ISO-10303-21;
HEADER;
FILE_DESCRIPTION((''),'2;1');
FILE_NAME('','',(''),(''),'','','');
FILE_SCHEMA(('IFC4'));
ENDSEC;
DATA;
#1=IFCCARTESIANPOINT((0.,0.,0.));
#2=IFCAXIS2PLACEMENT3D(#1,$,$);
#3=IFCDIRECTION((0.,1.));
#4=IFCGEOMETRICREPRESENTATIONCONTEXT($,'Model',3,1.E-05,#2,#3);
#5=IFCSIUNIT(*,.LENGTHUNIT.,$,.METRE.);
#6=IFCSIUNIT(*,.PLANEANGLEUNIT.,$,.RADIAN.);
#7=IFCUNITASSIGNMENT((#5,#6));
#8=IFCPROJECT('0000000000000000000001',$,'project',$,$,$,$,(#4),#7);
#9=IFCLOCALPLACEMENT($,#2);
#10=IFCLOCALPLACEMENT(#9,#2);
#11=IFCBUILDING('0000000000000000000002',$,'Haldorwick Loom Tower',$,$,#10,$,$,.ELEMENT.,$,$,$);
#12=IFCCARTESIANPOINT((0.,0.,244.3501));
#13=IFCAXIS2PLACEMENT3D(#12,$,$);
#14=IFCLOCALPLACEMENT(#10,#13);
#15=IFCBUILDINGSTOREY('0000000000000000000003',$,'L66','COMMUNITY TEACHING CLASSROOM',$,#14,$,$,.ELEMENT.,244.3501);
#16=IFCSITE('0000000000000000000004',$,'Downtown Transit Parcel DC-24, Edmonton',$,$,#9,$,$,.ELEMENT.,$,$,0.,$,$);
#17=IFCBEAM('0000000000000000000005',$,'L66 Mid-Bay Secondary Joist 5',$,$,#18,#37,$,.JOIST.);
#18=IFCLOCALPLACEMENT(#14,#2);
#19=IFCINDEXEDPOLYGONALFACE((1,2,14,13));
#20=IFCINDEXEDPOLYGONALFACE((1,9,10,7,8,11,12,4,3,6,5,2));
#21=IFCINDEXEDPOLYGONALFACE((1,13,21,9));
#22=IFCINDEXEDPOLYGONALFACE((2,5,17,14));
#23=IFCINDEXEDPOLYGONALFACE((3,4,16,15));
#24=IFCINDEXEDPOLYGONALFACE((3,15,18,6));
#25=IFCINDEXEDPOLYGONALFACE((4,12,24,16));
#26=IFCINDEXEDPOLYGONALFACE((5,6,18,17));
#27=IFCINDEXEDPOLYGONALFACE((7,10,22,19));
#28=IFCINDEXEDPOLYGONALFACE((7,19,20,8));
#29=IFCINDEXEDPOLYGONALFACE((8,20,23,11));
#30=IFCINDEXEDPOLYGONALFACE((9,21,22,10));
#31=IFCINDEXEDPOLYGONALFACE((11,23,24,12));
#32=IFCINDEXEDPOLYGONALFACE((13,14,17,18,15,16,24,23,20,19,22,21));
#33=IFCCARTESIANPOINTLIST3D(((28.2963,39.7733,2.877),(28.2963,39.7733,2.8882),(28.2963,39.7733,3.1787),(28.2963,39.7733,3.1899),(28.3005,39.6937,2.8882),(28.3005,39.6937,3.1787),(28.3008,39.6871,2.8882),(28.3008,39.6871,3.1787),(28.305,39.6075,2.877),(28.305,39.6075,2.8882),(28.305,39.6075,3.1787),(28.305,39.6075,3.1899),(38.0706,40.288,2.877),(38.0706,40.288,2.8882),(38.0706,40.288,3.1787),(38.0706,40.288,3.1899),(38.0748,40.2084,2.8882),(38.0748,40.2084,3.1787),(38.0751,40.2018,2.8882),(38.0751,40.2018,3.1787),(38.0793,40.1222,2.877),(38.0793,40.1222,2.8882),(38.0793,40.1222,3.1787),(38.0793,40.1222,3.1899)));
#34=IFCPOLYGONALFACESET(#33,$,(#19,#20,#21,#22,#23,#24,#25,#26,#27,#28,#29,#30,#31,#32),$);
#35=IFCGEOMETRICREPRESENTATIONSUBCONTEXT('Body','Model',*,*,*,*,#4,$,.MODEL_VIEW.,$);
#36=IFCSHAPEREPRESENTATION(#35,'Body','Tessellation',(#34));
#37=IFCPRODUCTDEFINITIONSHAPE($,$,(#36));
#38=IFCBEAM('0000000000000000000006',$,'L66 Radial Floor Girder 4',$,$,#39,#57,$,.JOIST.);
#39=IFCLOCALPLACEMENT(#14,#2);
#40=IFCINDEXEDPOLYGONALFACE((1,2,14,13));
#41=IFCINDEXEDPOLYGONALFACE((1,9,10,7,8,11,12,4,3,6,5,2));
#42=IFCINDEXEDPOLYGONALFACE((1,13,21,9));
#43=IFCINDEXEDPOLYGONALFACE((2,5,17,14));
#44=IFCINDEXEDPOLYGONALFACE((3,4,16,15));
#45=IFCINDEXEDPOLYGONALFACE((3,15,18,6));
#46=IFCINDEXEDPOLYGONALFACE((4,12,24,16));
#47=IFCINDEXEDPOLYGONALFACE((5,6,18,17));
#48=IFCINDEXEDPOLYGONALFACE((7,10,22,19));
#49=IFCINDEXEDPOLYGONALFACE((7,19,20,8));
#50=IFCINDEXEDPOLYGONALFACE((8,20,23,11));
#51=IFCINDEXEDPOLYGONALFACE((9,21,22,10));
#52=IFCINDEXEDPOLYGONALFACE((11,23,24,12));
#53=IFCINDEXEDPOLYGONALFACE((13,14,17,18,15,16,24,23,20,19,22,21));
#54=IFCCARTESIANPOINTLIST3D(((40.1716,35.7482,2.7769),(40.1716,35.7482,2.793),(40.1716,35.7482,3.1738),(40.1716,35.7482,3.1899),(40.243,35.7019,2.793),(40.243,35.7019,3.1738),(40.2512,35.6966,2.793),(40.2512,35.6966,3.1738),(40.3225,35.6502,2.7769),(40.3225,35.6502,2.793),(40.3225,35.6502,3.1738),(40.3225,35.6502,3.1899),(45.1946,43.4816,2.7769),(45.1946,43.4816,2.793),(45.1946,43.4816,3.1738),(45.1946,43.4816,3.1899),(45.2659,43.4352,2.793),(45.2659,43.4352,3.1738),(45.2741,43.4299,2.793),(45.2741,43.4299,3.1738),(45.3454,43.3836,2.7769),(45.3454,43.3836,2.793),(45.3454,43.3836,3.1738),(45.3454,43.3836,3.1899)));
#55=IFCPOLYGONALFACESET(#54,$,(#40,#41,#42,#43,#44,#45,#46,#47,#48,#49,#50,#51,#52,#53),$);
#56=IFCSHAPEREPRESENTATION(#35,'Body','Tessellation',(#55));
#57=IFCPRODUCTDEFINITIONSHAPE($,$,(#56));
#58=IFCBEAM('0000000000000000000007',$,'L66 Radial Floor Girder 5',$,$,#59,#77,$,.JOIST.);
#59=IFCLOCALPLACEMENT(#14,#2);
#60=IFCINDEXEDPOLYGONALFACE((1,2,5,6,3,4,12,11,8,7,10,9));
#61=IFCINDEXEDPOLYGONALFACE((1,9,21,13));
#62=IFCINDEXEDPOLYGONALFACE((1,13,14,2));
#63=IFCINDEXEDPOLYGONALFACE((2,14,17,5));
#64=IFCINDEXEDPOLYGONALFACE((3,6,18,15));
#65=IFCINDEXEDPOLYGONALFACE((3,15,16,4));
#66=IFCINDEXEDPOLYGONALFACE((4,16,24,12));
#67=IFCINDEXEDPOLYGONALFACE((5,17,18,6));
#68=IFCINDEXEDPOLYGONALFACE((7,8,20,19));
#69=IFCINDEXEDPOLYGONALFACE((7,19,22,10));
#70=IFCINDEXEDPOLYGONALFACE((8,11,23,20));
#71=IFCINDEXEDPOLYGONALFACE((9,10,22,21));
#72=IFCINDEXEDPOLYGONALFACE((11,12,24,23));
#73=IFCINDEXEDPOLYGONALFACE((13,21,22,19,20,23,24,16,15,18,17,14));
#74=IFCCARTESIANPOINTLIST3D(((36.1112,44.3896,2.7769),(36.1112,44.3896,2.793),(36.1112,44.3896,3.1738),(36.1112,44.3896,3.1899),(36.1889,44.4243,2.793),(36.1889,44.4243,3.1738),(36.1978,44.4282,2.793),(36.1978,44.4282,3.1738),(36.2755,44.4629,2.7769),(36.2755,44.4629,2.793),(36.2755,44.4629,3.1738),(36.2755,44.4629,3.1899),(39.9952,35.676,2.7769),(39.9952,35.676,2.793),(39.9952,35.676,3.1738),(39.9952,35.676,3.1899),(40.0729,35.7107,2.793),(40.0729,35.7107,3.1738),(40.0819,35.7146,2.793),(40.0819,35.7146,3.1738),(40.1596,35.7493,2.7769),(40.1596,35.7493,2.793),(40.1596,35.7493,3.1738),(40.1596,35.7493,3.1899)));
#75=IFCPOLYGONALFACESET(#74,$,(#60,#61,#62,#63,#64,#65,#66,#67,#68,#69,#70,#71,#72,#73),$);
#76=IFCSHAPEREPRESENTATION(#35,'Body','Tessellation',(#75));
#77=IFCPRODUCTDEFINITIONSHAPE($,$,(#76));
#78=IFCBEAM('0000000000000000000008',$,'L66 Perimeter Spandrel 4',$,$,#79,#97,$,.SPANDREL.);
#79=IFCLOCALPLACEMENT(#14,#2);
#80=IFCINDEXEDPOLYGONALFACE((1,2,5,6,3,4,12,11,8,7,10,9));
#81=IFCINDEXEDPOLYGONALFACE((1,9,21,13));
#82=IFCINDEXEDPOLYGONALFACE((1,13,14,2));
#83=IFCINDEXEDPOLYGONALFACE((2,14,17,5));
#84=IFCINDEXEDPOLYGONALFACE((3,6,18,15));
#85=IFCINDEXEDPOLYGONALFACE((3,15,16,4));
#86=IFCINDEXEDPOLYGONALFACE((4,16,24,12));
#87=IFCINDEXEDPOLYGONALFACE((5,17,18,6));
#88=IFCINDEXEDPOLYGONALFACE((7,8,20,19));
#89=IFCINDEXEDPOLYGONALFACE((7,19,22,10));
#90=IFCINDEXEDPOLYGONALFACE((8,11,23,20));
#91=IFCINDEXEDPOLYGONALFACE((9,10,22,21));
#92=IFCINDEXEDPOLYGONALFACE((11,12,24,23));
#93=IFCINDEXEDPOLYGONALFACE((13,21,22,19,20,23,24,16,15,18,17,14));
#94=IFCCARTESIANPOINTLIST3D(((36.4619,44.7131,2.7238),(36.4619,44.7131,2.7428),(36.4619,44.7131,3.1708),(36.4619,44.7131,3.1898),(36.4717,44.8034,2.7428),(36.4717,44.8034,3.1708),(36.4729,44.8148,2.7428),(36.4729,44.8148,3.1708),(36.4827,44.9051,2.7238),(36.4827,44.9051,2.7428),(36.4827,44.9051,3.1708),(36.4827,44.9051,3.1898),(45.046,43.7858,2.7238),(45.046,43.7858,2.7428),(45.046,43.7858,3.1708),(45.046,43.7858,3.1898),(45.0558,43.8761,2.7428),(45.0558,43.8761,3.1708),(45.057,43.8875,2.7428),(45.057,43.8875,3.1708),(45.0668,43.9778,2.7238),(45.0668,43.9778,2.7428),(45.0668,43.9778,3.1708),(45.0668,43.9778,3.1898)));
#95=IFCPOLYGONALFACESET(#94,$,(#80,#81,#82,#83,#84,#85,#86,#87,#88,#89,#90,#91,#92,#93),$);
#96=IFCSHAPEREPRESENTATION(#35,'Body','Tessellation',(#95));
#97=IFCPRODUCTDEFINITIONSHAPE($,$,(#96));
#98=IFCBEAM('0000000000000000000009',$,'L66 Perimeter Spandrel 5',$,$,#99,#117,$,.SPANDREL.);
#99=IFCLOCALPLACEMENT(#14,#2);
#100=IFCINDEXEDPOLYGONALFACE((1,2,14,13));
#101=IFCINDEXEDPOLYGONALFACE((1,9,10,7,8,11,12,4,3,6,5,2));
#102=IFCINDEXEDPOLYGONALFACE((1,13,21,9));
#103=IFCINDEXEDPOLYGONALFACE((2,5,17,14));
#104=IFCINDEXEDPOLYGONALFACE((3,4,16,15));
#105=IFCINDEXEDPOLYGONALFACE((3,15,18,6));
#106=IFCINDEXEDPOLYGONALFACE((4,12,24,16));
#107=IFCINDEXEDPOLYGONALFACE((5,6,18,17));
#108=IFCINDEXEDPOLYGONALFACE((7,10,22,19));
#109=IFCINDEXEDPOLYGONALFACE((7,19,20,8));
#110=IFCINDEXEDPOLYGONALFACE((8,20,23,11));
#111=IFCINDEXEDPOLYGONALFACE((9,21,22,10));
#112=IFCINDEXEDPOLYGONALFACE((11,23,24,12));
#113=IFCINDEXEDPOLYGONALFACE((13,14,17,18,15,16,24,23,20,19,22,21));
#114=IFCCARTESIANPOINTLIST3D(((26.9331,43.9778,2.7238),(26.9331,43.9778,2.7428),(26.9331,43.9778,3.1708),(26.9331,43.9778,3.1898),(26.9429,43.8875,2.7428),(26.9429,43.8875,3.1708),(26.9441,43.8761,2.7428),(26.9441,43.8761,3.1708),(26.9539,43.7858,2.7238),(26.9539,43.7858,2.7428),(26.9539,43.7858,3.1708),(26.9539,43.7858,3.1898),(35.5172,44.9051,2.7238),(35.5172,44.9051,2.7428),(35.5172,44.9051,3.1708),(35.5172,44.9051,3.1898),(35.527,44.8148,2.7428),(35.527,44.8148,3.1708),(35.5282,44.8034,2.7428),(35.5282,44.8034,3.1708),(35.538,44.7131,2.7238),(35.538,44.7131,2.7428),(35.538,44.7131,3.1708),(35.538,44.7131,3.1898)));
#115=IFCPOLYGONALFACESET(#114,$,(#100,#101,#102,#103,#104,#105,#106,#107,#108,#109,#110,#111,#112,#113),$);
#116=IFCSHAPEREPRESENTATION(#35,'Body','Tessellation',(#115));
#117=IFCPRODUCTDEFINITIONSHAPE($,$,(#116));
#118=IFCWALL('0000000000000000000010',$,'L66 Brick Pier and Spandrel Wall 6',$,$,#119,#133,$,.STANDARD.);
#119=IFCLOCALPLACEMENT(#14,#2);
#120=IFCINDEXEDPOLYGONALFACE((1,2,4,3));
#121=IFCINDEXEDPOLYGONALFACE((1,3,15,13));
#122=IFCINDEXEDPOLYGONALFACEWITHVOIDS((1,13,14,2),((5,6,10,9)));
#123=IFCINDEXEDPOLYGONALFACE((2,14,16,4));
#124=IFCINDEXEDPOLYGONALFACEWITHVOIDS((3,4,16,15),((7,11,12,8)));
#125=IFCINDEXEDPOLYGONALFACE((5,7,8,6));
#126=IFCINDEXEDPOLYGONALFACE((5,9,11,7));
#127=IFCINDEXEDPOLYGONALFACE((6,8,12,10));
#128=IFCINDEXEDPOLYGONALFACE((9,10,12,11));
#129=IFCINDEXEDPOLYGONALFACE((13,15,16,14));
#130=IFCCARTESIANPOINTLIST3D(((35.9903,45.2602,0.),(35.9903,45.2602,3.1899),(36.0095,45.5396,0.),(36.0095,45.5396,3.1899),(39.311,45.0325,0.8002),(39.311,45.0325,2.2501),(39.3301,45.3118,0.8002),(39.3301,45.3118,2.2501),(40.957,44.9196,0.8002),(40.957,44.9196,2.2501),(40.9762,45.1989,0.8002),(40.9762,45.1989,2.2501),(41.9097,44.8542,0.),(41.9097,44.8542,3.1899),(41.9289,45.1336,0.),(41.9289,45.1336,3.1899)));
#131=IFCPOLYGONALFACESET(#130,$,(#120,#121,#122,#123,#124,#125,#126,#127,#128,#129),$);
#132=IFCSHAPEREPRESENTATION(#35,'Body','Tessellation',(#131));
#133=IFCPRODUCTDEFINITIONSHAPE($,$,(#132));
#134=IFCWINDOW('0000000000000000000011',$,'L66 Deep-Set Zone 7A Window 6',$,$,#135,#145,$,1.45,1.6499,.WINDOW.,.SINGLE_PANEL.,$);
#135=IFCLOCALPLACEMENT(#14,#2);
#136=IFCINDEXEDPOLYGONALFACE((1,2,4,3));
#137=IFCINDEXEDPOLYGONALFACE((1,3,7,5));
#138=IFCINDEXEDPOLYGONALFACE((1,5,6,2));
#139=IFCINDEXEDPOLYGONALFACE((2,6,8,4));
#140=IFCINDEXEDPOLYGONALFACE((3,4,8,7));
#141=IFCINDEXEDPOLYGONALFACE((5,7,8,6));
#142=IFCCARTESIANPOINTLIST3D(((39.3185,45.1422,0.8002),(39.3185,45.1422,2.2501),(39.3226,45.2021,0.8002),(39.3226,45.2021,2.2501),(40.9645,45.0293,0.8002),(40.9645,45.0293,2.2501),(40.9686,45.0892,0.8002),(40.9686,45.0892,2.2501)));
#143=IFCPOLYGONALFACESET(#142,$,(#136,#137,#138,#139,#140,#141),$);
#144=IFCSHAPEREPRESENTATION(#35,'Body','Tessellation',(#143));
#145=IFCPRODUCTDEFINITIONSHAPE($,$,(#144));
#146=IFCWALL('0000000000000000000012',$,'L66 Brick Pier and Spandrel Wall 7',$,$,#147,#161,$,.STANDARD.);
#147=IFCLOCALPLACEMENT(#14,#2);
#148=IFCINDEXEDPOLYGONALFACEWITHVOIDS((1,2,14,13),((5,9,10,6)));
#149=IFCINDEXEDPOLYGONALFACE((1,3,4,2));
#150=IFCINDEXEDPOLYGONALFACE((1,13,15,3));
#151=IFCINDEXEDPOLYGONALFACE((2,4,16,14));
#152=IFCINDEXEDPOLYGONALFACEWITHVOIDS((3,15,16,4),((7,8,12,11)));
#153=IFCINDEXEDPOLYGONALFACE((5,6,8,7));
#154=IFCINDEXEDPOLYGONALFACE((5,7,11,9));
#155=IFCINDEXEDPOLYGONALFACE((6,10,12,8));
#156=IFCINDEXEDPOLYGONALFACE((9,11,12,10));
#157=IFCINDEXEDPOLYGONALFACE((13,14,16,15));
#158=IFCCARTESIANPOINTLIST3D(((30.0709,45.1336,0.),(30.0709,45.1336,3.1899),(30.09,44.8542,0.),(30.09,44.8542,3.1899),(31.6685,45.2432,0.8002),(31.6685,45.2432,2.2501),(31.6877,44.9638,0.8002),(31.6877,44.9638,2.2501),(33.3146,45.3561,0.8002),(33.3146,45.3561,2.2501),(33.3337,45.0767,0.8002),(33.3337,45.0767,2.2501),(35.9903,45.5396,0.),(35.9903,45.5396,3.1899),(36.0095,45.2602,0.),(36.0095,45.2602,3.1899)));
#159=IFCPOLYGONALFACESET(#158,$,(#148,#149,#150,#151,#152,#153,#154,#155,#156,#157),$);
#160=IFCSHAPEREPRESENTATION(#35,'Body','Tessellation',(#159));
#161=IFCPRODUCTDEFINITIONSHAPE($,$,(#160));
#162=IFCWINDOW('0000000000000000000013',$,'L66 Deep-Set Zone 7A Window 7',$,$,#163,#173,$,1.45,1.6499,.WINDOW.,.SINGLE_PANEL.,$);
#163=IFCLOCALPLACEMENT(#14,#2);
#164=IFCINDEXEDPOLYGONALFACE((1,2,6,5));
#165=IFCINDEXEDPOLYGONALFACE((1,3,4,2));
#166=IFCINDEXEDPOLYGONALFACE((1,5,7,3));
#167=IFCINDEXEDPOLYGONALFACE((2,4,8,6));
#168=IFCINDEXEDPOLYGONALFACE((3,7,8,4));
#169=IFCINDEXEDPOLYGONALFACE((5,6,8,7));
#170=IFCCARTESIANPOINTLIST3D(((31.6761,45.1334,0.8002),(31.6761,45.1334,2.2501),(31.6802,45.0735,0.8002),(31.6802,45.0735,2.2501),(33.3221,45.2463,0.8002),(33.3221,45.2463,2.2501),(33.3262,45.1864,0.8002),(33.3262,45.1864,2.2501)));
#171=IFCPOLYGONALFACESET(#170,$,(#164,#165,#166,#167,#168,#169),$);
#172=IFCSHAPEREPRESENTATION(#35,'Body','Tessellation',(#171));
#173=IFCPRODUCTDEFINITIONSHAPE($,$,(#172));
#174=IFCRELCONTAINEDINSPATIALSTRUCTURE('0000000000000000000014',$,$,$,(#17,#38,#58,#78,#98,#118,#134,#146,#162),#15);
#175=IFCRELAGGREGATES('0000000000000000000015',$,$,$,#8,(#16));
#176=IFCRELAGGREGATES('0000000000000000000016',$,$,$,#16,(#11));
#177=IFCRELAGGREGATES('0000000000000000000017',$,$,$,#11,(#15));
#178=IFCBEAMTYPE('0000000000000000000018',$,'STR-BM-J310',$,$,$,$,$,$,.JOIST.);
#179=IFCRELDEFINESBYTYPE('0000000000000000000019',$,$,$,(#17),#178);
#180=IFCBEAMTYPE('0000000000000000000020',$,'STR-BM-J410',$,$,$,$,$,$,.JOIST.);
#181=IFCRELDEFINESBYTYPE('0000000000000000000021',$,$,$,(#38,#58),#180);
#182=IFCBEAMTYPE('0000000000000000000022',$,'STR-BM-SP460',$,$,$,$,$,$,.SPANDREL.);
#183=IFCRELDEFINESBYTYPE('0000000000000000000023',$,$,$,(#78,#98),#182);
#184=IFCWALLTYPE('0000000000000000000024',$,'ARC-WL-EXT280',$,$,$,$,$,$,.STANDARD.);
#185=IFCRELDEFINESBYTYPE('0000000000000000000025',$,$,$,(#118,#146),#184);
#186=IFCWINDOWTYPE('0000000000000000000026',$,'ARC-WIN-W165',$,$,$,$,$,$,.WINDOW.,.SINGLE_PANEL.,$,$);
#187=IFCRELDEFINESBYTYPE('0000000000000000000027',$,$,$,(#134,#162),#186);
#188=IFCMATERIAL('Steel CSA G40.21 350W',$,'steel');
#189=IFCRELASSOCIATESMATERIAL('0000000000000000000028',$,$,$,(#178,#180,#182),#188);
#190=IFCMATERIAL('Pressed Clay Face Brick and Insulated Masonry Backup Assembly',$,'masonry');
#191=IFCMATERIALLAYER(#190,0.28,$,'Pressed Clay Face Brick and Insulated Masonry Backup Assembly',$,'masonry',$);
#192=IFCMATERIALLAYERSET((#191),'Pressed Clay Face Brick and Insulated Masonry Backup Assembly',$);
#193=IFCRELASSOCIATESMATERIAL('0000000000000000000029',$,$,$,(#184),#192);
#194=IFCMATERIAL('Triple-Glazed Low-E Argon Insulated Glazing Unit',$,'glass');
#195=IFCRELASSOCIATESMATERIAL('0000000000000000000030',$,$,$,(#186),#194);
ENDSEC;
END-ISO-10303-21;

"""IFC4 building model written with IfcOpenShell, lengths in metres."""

from ifc_helpers import new_model, si_unit, direction, frame, frame_2d, origin, origin_2d, place, context, subcontext, project, spatial, rectangle, i_section, extrude, material, layer, layer_set, material_profile, profile_set, type_object, element, fill, save


model = new_model("IFC4")

# Units and contexts
model_context = context("Model", 3, precision=1e-05, world=origin(), true_north=direction((0.0, 1.0)))
body_context = subcontext(model_context, "Body", "Model", "MODEL_VIEW")
ifc_project = project(units=[si_unit("LENGTHUNIT", "METRE"), si_unit("PLANEANGLEUNIT", "RADIAN")], contexts=[model_context])

# Site, building, storey
site_placement = place(None, origin())
site = spatial("IfcSite", under=ifc_project, at=site_placement, Name="Downtown Transit Parcel DC-24, Edmonton", CompositionType="ELEMENT", RefElevation=0.0)
building_placement = place(site_placement, origin())
building = spatial("IfcBuilding", under=site, at=building_placement, Name="Haldorwick Loom Tower", CompositionType="ELEMENT")
storey_placement = place(building_placement, frame((0.0, 0.0, 244.3501)))
storey = spatial("IfcBuildingStorey", under=building, at=storey_placement, Name="L66", Description="COMMUNITY TEACHING CLASSROOM", CompositionType="ELEMENT", Elevation=244.3501)

# Shared definitions
ifc_material_1 = material(Name="Steel CSA G40.21 350W", Category="steel")

# Beams
ifc_material_profile_1 = material_profile(ifc_material_1, i_section(OverallWidth=0.166, OverallDepth=0.313, WebThickness=0.0066, FlangeThickness=0.0112, at=origin_2d()), Name="W310X45", Category="steel")
ifc_profile_set_1 = profile_set([ifc_material_profile_1], Name="Steel CSA G40.21 350W")
beam_type_1 = type_object("IfcBeamType", Name="STR-BM-J310", PredefinedType="JOIST", material=ifc_profile_set_1)
beam_1_placement = place(storey_placement, frame((38.075, 40.2051, 3.0334), z_axis=(-0.998617, -0.05258, 0.0), x_axis=(0.05258, -0.998617, 0.0)))
element("IfcBeam", 1, at=beam_1_placement, inside=storey, type_object=beam_type_1, Name="L66 Mid-Bay Secondary Joist 5", PredefinedType="JOIST", context=body_context, shape_type="SweptSolid", body=[
    extrude(i_section(OverallWidth=0.166, OverallDepth=0.313, WebThickness=0.0066, FlangeThickness=0.0112, at=origin_2d()), origin(), (0.0, 0.0, 1.0), 9.7878),
])
ifc_material_profile_2 = material_profile(ifc_material_1, i_section(OverallWidth=0.1799, OverallDepth=0.4131, WebThickness=0.0098, FlangeThickness=0.0161, at=origin_2d()), Name="W410X74", Category="steel")
ifc_profile_set_2 = profile_set([ifc_material_profile_2], Name="Steel CSA G40.21 350W")
beam_type_2 = type_object("IfcBeamType", Name="STR-BM-J410", PredefinedType="JOIST", material=ifc_profile_set_2)
beam_2_placement = place(storey_placement, frame((40.2471, 35.6992, 2.9834), z_axis=(0.544702, 0.83863, 0.0), x_axis=(-0.83863, 0.544702, 0.0)))
element("IfcBeam", 2, at=beam_2_placement, inside=storey, type_object=beam_type_2, Name="L66 Radial Floor Girder 4", PredefinedType="JOIST", context=body_context, shape_type="SweptSolid", body=[
    extrude(i_section(OverallWidth=0.1799, OverallDepth=0.4131, WebThickness=0.0098, FlangeThickness=0.0161, at=origin_2d()), origin(), (0.0, 0.0, 1.0), 9.2214),
])
beam_3_placement = place(storey_placement, frame((40.0774, 35.7126, 2.9834), z_axis=(-0.407128, 0.913371, 0.0), x_axis=(-0.913371, -0.407128, 0.0)))
element("IfcBeam", 3, at=beam_3_placement, inside=storey, type_object=beam_type_2, Name="L66 Radial Floor Girder 5", PredefinedType="JOIST", context=body_context, shape_type="SweptSolid", body=[
    extrude(i_section(OverallWidth=0.1799, OverallDepth=0.4131, WebThickness=0.0098, FlangeThickness=0.0161, at=origin_2d()), origin(), (0.0, 0.0, 1.0), 9.54),
])
ifc_material_profile_3 = material_profile(ifc_material_1, i_section(OverallWidth=0.1931, OverallDepth=0.4661, WebThickness=0.0115, FlangeThickness=0.019, at=origin_2d()), Name="W460X97", Category="steel")
ifc_profile_set_3 = profile_set([ifc_material_profile_3], Name="Steel CSA G40.21 350W")
beam_type_3 = type_object("IfcBeamType", Name="STR-BM-SP460", PredefinedType="SPANDREL", material=ifc_profile_set_3)
for number, where, z_axis, x_axis, name in (
    (4, (45.0564, 43.8818, 2.9568), (-0.994216, 0.107396, 0.0), (-0.107396, -0.994216, 0.0), "L66 Perimeter Spandrel 4"),
    (5, (35.5276, 44.8091, 2.9568), (-0.994216, -0.107396, 0.0), (0.107396, -0.994216, 0.0), "L66 Perimeter Spandrel 5"),
):
    element("IfcBeam", number, at=place(storey_placement, frame(where, z_axis=z_axis, x_axis=x_axis)), inside=storey, type_object=beam_type_3, Name=name, PredefinedType="SPANDREL", context=body_context, shape_type="SweptSolid", body=[
        extrude(i_section(OverallWidth=0.1931, OverallDepth=0.4661, WebThickness=0.0115, FlangeThickness=0.019, at=origin_2d()), origin(), (0.0, 0.0, 1.0), 8.634),
    ])

# Walls, openings, windows
ifc_material_2 = material(Name="Pressed Clay Face Brick and Insulated Masonry Backup Assembly", Category="masonry")
ifc_layer = layer(ifc_material_2, 0.28, Name="Pressed Clay Face Brick and Insulated Masonry Backup Assembly", Category="masonry")
ifc_layer_set = layer_set([ifc_layer], Name="Pressed Clay Face Brick and Insulated Masonry Backup Assembly")
wall_type = type_object("IfcWallType", Name="ARC-WL-EXT280", PredefinedType="STANDARD", material=ifc_layer_set)
wall_1_placement = place(storey_placement, frame((41.9194, 44.9939, 0.0), z_axis=(0.0, 0.0, 1.0), x_axis=(-0.997656, 0.068428, 0.0)))
wall_1 = element("IfcWall", 6, at=wall_1_placement, inside=storey, type_object=wall_type, Name="L66 Brick Pier and Spandrel Wall 6", PredefinedType="STANDARD", context=body_context, shape_type="SweptSolid", body=[
    extrude(rectangle(XDim=5.9333, YDim=0.28, at=frame_2d((2.9668, 0.0))), origin(), (0.0, 0.0, 1.0), 3.1899),
])
opening_1_placement = place(wall_1_placement, frame((0.9551, 0.0, 0.8)))
opening_1 = element("IfcOpeningElement", 7, at=opening_1_placement, cuts=wall_1, PredefinedType="OPENING", context=body_context, shape_type="SweptSolid", body=[
    extrude(rectangle(XDim=1.6499, YDim=1.45, at=frame_2d((0.825, 0.7251))), frame((0.0, 0.1499, 0.0), z_axis=(0.0, -1.0, 0.0), x_axis=(1.0, 0.0, 0.0)), (0.0, 0.0, 1.0), 0.3),
])
ifc_material_3 = material(Name="Triple-Glazed Low-E Argon Insulated Glazing Unit", Category="glass")
window_type = type_object("IfcWindowType", Name="ARC-WIN-W165", PartitioningType="SINGLE_PANEL", PredefinedType="WINDOW", material=ifc_material_3)
window_1_placement = place(opening_1_placement, origin())
window_1 = element("IfcWindow", 8, at=window_1_placement, inside=storey, type_object=window_type, Name="L66 Deep-Set Zone 7A Window 6", OverallHeight=1.45, OverallWidth=1.6499, PartitioningType="SINGLE_PANEL", PredefinedType="WINDOW", context=body_context, shape_type="SweptSolid", body=[
    extrude(rectangle(XDim=1.6499, YDim=1.45, at=frame_2d((0.825, 0.7251))), frame((0.0, 0.03, 0.0), z_axis=(0.0, -1.0, 0.0), x_axis=(1.0, 0.0, 0.0)), (0.0, 0.0, 1.0), 0.0601),
])
fill(opening_1, window_1)
wall_2_placement = place(storey_placement, frame((36.0, 45.3999, 0.0), z_axis=(0.0, 0.0, 1.0), x_axis=(-0.997656, -0.068428, 0.0)))
wall_2 = element("IfcWall", 9, at=wall_2_placement, inside=storey, type_object=wall_type, Name="L66 Brick Pier and Spandrel Wall 7", PredefinedType="STANDARD", context=body_context, shape_type="SweptSolid", body=[
    extrude(rectangle(XDim=5.9333, YDim=0.28, at=frame_2d((2.9668, 0.0))), origin(), (0.0, 0.0, 1.0), 3.1899),
])
opening_2_placement = place(wall_2_placement, frame((2.6821, 0.0, 0.8)))
opening_2 = element("IfcOpeningElement", 10, at=opening_2_placement, cuts=wall_2, PredefinedType="OPENING", context=body_context, shape_type="SweptSolid", body=[
    extrude(rectangle(XDim=1.6499, YDim=1.45, at=frame_2d((0.825, 0.7251))), frame((0.0, 0.1499, 0.0), z_axis=(0.0, -1.0, 0.0), x_axis=(1.0, 0.0, 0.0)), (0.0, 0.0, 1.0), 0.3),
])
window_2_placement = place(opening_2_placement, origin())
window_2 = element("IfcWindow", 11, at=window_2_placement, inside=storey, type_object=window_type, Name="L66 Deep-Set Zone 7A Window 7", OverallHeight=1.45, OverallWidth=1.6499, PartitioningType="SINGLE_PANEL", PredefinedType="WINDOW", context=body_context, shape_type="SweptSolid", body=[
    extrude(rectangle(XDim=1.6499, YDim=1.45, at=frame_2d((0.825, 0.7251))), frame((0.0, 0.03, 0.0), z_axis=(0.0, -1.0, 0.0), x_axis=(1.0, 0.0, 0.0)), (0.0, 0.0, 1.0), 0.0601),
])
fill(opening_2, window_2)

save(model, "model.ifc")
